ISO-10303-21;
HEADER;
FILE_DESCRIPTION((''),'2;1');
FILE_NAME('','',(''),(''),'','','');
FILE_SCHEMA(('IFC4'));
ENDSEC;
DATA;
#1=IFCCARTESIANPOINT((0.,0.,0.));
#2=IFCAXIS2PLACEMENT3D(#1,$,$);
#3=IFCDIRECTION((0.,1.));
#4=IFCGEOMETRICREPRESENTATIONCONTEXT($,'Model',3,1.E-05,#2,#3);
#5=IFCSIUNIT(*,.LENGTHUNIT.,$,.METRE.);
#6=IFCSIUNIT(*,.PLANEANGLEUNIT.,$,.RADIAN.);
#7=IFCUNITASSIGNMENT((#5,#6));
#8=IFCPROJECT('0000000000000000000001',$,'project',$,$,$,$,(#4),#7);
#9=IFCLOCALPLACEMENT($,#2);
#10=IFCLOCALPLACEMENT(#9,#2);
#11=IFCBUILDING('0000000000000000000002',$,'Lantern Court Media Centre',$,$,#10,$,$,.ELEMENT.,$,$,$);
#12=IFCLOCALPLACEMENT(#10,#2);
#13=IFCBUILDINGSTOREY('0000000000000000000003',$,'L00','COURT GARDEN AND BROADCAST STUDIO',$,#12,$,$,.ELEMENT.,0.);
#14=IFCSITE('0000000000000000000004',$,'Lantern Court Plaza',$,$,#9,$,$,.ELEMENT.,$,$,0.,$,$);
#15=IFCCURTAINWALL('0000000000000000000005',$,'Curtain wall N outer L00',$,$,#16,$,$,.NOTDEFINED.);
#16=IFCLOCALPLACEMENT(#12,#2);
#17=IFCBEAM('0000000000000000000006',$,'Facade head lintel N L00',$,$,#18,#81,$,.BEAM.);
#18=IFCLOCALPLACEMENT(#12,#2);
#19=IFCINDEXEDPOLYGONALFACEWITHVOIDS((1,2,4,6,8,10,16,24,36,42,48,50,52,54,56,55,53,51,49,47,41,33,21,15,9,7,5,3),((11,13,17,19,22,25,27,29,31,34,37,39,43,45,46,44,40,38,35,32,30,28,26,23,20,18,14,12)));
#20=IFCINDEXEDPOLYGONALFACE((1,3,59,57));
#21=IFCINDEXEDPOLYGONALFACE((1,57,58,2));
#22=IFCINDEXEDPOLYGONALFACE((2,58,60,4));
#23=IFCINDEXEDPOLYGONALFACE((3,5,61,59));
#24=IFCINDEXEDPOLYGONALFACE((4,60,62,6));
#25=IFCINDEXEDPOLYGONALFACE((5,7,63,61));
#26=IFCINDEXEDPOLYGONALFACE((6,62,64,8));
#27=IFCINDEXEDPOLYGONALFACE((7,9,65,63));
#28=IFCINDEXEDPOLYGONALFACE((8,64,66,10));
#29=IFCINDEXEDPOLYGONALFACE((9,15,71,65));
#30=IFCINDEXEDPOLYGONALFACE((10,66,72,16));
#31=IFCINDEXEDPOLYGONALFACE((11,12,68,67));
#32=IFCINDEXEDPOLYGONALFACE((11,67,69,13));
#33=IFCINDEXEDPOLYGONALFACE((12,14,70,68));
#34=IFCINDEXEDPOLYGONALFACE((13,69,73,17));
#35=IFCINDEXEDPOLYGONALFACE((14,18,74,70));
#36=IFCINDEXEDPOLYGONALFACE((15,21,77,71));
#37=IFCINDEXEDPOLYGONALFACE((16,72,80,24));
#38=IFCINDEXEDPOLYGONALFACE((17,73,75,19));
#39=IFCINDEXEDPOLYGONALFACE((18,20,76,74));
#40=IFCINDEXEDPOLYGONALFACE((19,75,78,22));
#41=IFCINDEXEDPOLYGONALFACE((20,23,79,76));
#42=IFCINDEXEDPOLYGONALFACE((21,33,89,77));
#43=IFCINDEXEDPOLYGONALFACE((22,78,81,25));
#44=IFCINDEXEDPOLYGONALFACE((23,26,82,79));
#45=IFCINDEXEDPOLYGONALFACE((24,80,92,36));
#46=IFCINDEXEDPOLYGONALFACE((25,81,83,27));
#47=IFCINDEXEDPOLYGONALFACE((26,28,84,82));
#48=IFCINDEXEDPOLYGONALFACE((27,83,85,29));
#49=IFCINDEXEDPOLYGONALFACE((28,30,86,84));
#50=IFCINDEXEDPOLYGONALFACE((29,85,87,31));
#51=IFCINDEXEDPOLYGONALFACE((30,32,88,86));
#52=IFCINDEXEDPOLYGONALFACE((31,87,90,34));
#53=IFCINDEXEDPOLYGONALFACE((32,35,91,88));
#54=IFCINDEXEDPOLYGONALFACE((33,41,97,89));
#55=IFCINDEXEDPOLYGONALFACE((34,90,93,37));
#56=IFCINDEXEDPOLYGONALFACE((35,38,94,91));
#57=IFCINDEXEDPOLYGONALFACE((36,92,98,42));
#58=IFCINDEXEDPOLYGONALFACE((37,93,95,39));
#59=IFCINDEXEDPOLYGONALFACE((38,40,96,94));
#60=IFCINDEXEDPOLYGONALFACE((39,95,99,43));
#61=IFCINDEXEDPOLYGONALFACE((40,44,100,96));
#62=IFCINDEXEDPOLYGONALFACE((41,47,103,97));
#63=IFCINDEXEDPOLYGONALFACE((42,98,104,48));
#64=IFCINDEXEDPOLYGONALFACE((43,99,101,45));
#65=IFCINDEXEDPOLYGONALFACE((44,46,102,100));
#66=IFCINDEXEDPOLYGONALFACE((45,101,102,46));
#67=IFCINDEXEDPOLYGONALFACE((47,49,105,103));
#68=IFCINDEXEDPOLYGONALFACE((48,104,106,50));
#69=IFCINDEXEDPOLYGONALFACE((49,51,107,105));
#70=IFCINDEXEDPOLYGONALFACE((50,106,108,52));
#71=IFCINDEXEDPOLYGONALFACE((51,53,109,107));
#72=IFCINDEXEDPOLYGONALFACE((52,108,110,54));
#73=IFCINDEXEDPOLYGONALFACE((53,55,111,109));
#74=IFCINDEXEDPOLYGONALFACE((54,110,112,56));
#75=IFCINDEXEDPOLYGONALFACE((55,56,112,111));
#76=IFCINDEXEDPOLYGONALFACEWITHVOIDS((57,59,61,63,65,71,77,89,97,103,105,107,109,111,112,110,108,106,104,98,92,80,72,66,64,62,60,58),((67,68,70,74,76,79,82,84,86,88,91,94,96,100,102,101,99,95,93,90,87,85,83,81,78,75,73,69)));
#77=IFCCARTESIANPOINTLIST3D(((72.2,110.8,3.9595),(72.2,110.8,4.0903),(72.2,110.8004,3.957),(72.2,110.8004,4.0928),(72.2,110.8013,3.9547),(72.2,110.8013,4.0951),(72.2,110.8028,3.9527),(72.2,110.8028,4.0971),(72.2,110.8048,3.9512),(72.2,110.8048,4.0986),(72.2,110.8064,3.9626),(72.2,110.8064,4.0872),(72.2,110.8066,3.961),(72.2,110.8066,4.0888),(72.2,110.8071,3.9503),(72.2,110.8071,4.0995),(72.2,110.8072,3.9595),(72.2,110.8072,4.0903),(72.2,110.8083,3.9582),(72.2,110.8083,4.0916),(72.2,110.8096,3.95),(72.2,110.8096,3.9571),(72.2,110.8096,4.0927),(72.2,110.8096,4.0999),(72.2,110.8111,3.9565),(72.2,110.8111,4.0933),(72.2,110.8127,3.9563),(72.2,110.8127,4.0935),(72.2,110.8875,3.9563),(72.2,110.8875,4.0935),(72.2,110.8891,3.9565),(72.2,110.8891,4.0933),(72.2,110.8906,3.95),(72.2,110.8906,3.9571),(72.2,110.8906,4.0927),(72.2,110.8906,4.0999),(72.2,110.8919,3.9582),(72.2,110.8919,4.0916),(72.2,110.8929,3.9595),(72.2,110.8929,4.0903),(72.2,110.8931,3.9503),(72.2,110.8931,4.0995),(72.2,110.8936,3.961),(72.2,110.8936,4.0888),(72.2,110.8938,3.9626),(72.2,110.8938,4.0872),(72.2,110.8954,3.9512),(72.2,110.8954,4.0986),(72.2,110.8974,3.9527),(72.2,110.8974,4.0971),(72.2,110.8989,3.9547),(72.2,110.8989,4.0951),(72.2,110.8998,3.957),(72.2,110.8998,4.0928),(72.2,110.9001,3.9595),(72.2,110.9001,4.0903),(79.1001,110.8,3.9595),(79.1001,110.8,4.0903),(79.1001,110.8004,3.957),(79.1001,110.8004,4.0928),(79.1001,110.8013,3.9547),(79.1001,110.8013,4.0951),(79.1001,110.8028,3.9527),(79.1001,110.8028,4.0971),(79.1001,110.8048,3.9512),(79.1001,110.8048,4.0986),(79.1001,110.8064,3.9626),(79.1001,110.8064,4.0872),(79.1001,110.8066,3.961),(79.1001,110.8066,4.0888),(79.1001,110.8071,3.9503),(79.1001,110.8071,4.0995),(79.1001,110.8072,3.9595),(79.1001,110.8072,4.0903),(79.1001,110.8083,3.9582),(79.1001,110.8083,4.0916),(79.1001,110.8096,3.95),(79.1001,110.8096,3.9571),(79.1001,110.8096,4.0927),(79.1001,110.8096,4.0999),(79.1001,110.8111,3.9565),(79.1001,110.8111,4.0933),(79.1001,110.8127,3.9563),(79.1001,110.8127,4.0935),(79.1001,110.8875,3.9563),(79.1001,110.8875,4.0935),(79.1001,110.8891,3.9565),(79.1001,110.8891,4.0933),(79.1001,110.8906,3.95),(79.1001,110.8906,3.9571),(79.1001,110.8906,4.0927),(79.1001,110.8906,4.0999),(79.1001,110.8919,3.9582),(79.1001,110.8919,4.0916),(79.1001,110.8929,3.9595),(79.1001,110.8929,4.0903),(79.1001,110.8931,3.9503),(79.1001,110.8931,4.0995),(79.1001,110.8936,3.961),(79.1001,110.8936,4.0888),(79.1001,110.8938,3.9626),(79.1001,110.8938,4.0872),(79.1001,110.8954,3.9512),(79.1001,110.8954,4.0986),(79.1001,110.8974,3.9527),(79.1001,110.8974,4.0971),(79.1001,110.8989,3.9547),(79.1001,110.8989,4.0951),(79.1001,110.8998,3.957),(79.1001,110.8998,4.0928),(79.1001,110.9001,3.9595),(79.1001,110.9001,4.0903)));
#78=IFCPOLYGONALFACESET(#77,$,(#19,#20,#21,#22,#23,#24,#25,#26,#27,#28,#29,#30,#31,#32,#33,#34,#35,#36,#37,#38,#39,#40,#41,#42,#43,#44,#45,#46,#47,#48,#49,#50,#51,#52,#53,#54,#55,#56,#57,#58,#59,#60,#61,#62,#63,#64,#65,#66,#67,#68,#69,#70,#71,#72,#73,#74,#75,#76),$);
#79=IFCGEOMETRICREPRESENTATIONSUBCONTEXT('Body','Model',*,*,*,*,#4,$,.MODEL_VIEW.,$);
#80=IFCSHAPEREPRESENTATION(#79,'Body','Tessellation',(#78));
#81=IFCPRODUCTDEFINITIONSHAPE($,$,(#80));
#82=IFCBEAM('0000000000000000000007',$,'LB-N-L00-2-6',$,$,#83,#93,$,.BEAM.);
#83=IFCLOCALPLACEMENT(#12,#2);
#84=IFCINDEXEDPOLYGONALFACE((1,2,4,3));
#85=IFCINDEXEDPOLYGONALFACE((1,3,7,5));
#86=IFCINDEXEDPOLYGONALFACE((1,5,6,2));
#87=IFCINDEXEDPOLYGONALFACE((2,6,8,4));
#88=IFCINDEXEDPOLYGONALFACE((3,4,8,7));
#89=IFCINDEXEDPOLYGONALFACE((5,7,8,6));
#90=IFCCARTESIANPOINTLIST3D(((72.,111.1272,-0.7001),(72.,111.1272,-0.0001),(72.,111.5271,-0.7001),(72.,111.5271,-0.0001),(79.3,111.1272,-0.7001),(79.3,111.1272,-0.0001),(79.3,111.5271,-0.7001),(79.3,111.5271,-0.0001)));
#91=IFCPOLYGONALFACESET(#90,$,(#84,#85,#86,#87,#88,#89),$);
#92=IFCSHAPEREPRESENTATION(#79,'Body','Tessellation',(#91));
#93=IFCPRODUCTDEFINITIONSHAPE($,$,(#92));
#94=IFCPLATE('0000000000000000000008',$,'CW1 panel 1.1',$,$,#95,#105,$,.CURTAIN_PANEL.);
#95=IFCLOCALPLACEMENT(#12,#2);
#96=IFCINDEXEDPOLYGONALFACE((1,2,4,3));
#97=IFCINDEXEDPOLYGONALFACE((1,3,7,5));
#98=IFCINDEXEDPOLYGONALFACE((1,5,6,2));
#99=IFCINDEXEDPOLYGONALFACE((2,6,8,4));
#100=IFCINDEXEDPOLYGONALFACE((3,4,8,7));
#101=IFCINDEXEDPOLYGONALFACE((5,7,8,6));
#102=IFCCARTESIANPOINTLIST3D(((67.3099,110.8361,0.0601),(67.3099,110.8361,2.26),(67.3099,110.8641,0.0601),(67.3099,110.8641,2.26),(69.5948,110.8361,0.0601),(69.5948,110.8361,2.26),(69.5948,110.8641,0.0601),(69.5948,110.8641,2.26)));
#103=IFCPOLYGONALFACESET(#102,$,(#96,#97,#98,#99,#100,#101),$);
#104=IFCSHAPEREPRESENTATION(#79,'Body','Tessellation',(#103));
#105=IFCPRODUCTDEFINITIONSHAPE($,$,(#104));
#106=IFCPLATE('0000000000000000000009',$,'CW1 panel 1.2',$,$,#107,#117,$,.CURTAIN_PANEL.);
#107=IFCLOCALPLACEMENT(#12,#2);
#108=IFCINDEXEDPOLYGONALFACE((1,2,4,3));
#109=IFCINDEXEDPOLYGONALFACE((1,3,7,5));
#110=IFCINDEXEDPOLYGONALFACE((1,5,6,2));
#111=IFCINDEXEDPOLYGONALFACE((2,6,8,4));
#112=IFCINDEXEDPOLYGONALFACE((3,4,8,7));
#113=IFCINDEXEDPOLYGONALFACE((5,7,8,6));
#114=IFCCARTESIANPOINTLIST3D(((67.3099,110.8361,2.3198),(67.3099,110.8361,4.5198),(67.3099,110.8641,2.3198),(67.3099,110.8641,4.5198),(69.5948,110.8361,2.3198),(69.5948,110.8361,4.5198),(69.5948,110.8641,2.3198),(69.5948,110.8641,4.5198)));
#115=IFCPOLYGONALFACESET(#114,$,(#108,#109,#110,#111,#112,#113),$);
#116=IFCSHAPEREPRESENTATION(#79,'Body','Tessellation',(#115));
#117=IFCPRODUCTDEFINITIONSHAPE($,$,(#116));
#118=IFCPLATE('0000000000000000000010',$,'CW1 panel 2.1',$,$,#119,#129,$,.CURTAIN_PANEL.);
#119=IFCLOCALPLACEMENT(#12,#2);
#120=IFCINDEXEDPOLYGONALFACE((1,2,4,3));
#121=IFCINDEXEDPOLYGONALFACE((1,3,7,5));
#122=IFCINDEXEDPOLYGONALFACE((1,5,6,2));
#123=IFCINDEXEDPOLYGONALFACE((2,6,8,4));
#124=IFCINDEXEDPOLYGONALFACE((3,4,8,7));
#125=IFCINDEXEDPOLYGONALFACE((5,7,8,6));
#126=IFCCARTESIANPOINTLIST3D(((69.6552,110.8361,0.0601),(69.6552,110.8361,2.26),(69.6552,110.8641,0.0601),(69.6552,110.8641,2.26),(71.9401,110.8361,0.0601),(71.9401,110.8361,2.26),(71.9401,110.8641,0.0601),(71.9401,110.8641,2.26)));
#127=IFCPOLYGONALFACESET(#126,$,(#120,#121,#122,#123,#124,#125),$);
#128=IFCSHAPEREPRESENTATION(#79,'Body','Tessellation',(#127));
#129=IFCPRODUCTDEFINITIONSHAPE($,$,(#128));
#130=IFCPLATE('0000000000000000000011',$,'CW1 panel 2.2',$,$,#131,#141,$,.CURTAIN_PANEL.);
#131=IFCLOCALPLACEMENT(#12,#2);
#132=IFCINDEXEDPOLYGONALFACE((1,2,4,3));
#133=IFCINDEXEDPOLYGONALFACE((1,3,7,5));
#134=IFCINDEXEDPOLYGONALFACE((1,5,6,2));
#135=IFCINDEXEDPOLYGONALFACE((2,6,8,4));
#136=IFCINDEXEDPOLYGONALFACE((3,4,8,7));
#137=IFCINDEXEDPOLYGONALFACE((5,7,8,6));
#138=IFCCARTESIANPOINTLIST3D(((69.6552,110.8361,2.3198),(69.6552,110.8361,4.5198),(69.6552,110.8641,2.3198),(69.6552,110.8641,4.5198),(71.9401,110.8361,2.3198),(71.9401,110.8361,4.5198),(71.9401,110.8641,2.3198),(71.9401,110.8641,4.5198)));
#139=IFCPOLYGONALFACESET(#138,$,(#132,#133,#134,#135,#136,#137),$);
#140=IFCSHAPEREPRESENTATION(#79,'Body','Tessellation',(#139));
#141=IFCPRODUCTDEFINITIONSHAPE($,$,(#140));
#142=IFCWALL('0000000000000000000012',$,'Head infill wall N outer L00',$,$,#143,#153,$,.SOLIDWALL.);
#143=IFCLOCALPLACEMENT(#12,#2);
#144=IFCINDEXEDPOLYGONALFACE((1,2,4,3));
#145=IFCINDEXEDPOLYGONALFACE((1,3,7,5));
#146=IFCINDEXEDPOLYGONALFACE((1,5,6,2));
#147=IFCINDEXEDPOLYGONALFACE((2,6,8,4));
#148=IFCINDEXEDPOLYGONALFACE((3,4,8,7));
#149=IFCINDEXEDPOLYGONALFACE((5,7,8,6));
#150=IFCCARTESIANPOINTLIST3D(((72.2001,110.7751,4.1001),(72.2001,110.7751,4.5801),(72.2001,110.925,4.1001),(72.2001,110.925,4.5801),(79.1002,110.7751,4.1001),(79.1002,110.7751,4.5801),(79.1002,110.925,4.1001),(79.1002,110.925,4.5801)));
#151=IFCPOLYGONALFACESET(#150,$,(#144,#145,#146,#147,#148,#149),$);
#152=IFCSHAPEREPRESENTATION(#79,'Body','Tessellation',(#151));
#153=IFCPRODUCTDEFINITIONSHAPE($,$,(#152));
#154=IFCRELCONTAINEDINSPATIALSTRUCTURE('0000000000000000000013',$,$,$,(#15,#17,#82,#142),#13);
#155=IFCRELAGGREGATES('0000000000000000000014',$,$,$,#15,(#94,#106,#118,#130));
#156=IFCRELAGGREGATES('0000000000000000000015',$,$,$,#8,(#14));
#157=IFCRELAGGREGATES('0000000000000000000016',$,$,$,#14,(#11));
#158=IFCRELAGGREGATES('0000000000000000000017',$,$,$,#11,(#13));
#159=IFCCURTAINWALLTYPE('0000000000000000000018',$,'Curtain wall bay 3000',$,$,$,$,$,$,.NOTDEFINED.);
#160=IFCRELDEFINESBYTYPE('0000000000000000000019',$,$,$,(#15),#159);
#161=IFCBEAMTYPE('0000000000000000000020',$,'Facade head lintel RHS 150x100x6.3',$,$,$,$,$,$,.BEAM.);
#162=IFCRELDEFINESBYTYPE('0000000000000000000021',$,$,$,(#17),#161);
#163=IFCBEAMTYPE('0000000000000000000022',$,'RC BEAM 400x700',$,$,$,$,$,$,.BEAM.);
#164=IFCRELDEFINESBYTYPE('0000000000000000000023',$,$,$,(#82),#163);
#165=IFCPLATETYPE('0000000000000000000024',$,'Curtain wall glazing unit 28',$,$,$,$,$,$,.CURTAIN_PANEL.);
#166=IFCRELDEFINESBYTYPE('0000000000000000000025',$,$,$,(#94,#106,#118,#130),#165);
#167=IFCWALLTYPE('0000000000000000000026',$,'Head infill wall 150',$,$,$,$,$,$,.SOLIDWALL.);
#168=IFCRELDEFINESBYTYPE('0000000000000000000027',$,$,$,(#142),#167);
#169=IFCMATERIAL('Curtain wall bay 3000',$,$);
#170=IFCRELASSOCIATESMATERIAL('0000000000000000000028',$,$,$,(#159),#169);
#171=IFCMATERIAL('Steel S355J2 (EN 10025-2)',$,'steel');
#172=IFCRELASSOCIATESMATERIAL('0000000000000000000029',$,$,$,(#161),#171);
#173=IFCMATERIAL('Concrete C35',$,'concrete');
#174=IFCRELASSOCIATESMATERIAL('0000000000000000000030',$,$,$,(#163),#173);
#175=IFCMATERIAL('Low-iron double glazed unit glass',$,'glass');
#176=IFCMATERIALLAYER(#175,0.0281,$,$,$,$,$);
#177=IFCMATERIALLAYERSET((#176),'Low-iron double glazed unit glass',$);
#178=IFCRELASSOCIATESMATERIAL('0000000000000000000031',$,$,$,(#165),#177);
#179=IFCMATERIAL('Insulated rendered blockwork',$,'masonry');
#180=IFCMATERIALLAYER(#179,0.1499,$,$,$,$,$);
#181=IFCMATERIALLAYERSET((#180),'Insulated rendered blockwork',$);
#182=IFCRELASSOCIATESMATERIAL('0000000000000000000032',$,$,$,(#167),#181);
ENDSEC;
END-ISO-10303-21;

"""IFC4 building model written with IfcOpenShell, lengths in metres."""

from ifc_helpers import new_model, si_unit, direction, frame, frame_2d, origin, origin_2d, place, context, subcontext, project, spatial, rectangle, hollow_rectangle, extrude, material, layer, layer_set, material_profile, profile_set, type_object, element, aggregate, save


model = new_model("IFC4")

# Units and contexts
model_context = context("Model", 3, precision=1e-05, world=origin(), true_north=direction((0.0, 1.0)))
body_context = subcontext(model_context, "Body", "Model", "MODEL_VIEW")
ifc_project = project(units=[si_unit("LENGTHUNIT", "METRE"), si_unit("PLANEANGLEUNIT", "RADIAN")], contexts=[model_context])

# Site, building, storey
site_placement = place(None, origin())
site = spatial("IfcSite", under=ifc_project, at=site_placement, Name="Lantern Court Plaza", CompositionType="ELEMENT", RefElevation=0.0)
building_placement = place(site_placement, origin())
building = spatial("IfcBuilding", under=site, at=building_placement, Name="Lantern Court Media Centre", CompositionType="ELEMENT")
storey_placement = place(building_placement, origin())
storey = spatial("IfcBuildingStorey", under=building, at=storey_placement, Name="L00", Description="COURT GARDEN AND BROADCAST STUDIO", CompositionType="ELEMENT", Elevation=0.0)

# Shared definitions
ifc_material_1 = material(Name="Concrete C35", Category="concrete")

# Curtain wall
ifc_material_2 = material(Name="Curtain wall bay 3000")
curtain_wall_type = type_object("IfcCurtainWallType", Name="Curtain wall bay 3000", PredefinedType="NOTDEFINED", material=ifc_material_2)
curtain_wall_1_placement = place(storey_placement, origin())
curtain_wall_1 = element("IfcCurtainWall", 1, at=curtain_wall_1_placement, inside=storey, type_object=curtain_wall_type, Name="Curtain wall N outer L00", PredefinedType="NOTDEFINED")

# Beams
ifc_material_3 = material(Name="Steel S355J2 (EN 10025-2)", Category="steel")
ifc_material_profile_1 = material_profile(ifc_material_3, hollow_rectangle(XDim=0.1001, YDim=0.1499, WallThickness=0.0063, InnerFilletRadius=0.0063, OuterFilletRadius=0.0095, at=origin_2d()), Name="Facade head lintel RHS 150x100x6.3")
ifc_profile_set_1 = profile_set([ifc_material_profile_1], Name="Steel S355J2 (EN 10025-2)")
beam_type_1 = type_object("IfcBeamType", Name="Facade head lintel RHS 150x100x6.3", PredefinedType="BEAM", material=ifc_profile_set_1)
beam_1_placement = place(storey_placement, frame((72.2, 110.8501, 4.0249), z_axis=(1.0, 0.0, 0.0), x_axis=(0.0, 1.0, 0.0)))
element("IfcBeam", 2, at=beam_1_placement, inside=storey, type_object=beam_type_1, Name="Facade head lintel N L00", PredefinedType="BEAM", context=body_context, shape_type="SweptSolid", body=[
    extrude(hollow_rectangle(XDim=0.1001, YDim=0.1499, WallThickness=0.0063, InnerFilletRadius=0.0063, OuterFilletRadius=0.0095, at=origin_2d()), origin(), (0.0, 0.0, 1.0), 6.9001),
])
ifc_material_profile_2 = material_profile(ifc_material_1, rectangle(XDim=0.3999, YDim=0.7, at=origin_2d()), Name="RC 400x700")
ifc_profile_set_2 = profile_set([ifc_material_profile_2], Name="Concrete C35")
beam_type_2 = type_object("IfcBeamType", Name="RC BEAM 400x700", PredefinedType="BEAM", material=ifc_profile_set_2)
beam_2_placement = place(storey_placement, frame((72.0, 111.3271, -0.3501), z_axis=(1.0, 0.0, 0.0), x_axis=(0.0, 1.0, 0.0)))
element("IfcBeam", 3, at=beam_2_placement, inside=storey, type_object=beam_type_2, Name="LB-N-L00-2-6", PredefinedType="BEAM", context=body_context, shape_type="SweptSolid", body=[
    extrude(rectangle(XDim=0.3999, YDim=0.7, at=origin_2d()), origin(), (0.0, 0.0, 1.0), 7.3),
])

# Plates
ifc_material_4 = material(Name="Low-iron double glazed unit glass", Category="glass")
ifc_layer_1 = layer(ifc_material_4, 0.0281)
ifc_layer_set_1 = layer_set([ifc_layer_1], Name="Low-iron double glazed unit glass")
plate_type = type_object("IfcPlateType", Name="Curtain wall glazing unit 28", PredefinedType="CURTAIN_PANEL", material=ifc_layer_set_1)
plate_1_placement = place(storey_placement, frame((68.4524, 110.8501, 0.0601), z_axis=(0.0, 0.0, 1.0), x_axis=(1.0, 0.0, 0.0)))
plate_1 = element("IfcPlate", 4, at=plate_1_placement, type_object=plate_type, Name="CW1 panel 1.1", PredefinedType="CURTAIN_PANEL", context=body_context, shape_type="SweptSolid", body=[
    extrude(rectangle(XDim=2.2849, YDim=0.0281, at=origin_2d()), origin(), (0.0, 0.0, 1.0), 2.2),
])
plate_2_placement = place(storey_placement, frame((68.4524, 110.8501, 2.3198), z_axis=(0.0, 0.0, 1.0), x_axis=(1.0, 0.0, 0.0)))
plate_2 = element("IfcPlate", 5, at=plate_2_placement, type_object=plate_type, Name="CW1 panel 1.2", PredefinedType="CURTAIN_PANEL", context=body_context, shape_type="SweptSolid", body=[
    extrude(rectangle(XDim=2.2849, YDim=0.0281, at=origin_2d()), origin(), (0.0, 0.0, 1.0), 2.2),
])
plate_3_placement = place(storey_placement, frame((70.7976, 110.8501, 0.0601), z_axis=(0.0, 0.0, 1.0), x_axis=(1.0, 0.0, 0.0)))
plate_3 = element("IfcPlate", 6, at=plate_3_placement, type_object=plate_type, Name="CW1 panel 2.1", PredefinedType="CURTAIN_PANEL", context=body_context, shape_type="SweptSolid", body=[
    extrude(rectangle(XDim=2.2849, YDim=0.0281, at=origin_2d()), origin(), (0.0, 0.0, 1.0), 2.2),
])
plate_4_placement = place(storey_placement, frame((70.7976, 110.8501, 2.3198), z_axis=(0.0, 0.0, 1.0), x_axis=(1.0, 0.0, 0.0)))
plate_4 = element("IfcPlate", 7, at=plate_4_placement, type_object=plate_type, Name="CW1 panel 2.2", PredefinedType="CURTAIN_PANEL", context=body_context, shape_type="SweptSolid", body=[
    extrude(rectangle(XDim=2.2849, YDim=0.0281, at=origin_2d()), origin(), (0.0, 0.0, 1.0), 2.2),
])
aggregate(curtain_wall_1, [plate_1, plate_2, plate_3, plate_4])

# Wall
ifc_material_5 = material(Name="Insulated rendered blockwork", Category="masonry")
ifc_layer_2 = layer(ifc_material_5, 0.1499)
ifc_layer_set_2 = layer_set([ifc_layer_2], Name="Insulated rendered blockwork")
wall_type = type_object("IfcWallType", Name="Head infill wall 150", PredefinedType="SOLIDWALL", material=ifc_layer_set_2)
wall_placement = place(storey_placement, frame((72.2, 110.8501, 4.1001), z_axis=(0.0, 0.0, 1.0), x_axis=(1.0, 0.0, 0.0)))
element("IfcWall", 8, at=wall_placement, inside=storey, type_object=wall_type, Name="Head infill wall N outer L00", PredefinedType="SOLIDWALL", context=body_context, shape_type="SweptSolid", body=[
    extrude(rectangle(XDim=6.9001, YDim=0.1499, at=frame_2d((3.4502, 0.0))), origin(), (0.0, 0.0, 1.0), 0.48),
])

save(model, "model.ifc")
